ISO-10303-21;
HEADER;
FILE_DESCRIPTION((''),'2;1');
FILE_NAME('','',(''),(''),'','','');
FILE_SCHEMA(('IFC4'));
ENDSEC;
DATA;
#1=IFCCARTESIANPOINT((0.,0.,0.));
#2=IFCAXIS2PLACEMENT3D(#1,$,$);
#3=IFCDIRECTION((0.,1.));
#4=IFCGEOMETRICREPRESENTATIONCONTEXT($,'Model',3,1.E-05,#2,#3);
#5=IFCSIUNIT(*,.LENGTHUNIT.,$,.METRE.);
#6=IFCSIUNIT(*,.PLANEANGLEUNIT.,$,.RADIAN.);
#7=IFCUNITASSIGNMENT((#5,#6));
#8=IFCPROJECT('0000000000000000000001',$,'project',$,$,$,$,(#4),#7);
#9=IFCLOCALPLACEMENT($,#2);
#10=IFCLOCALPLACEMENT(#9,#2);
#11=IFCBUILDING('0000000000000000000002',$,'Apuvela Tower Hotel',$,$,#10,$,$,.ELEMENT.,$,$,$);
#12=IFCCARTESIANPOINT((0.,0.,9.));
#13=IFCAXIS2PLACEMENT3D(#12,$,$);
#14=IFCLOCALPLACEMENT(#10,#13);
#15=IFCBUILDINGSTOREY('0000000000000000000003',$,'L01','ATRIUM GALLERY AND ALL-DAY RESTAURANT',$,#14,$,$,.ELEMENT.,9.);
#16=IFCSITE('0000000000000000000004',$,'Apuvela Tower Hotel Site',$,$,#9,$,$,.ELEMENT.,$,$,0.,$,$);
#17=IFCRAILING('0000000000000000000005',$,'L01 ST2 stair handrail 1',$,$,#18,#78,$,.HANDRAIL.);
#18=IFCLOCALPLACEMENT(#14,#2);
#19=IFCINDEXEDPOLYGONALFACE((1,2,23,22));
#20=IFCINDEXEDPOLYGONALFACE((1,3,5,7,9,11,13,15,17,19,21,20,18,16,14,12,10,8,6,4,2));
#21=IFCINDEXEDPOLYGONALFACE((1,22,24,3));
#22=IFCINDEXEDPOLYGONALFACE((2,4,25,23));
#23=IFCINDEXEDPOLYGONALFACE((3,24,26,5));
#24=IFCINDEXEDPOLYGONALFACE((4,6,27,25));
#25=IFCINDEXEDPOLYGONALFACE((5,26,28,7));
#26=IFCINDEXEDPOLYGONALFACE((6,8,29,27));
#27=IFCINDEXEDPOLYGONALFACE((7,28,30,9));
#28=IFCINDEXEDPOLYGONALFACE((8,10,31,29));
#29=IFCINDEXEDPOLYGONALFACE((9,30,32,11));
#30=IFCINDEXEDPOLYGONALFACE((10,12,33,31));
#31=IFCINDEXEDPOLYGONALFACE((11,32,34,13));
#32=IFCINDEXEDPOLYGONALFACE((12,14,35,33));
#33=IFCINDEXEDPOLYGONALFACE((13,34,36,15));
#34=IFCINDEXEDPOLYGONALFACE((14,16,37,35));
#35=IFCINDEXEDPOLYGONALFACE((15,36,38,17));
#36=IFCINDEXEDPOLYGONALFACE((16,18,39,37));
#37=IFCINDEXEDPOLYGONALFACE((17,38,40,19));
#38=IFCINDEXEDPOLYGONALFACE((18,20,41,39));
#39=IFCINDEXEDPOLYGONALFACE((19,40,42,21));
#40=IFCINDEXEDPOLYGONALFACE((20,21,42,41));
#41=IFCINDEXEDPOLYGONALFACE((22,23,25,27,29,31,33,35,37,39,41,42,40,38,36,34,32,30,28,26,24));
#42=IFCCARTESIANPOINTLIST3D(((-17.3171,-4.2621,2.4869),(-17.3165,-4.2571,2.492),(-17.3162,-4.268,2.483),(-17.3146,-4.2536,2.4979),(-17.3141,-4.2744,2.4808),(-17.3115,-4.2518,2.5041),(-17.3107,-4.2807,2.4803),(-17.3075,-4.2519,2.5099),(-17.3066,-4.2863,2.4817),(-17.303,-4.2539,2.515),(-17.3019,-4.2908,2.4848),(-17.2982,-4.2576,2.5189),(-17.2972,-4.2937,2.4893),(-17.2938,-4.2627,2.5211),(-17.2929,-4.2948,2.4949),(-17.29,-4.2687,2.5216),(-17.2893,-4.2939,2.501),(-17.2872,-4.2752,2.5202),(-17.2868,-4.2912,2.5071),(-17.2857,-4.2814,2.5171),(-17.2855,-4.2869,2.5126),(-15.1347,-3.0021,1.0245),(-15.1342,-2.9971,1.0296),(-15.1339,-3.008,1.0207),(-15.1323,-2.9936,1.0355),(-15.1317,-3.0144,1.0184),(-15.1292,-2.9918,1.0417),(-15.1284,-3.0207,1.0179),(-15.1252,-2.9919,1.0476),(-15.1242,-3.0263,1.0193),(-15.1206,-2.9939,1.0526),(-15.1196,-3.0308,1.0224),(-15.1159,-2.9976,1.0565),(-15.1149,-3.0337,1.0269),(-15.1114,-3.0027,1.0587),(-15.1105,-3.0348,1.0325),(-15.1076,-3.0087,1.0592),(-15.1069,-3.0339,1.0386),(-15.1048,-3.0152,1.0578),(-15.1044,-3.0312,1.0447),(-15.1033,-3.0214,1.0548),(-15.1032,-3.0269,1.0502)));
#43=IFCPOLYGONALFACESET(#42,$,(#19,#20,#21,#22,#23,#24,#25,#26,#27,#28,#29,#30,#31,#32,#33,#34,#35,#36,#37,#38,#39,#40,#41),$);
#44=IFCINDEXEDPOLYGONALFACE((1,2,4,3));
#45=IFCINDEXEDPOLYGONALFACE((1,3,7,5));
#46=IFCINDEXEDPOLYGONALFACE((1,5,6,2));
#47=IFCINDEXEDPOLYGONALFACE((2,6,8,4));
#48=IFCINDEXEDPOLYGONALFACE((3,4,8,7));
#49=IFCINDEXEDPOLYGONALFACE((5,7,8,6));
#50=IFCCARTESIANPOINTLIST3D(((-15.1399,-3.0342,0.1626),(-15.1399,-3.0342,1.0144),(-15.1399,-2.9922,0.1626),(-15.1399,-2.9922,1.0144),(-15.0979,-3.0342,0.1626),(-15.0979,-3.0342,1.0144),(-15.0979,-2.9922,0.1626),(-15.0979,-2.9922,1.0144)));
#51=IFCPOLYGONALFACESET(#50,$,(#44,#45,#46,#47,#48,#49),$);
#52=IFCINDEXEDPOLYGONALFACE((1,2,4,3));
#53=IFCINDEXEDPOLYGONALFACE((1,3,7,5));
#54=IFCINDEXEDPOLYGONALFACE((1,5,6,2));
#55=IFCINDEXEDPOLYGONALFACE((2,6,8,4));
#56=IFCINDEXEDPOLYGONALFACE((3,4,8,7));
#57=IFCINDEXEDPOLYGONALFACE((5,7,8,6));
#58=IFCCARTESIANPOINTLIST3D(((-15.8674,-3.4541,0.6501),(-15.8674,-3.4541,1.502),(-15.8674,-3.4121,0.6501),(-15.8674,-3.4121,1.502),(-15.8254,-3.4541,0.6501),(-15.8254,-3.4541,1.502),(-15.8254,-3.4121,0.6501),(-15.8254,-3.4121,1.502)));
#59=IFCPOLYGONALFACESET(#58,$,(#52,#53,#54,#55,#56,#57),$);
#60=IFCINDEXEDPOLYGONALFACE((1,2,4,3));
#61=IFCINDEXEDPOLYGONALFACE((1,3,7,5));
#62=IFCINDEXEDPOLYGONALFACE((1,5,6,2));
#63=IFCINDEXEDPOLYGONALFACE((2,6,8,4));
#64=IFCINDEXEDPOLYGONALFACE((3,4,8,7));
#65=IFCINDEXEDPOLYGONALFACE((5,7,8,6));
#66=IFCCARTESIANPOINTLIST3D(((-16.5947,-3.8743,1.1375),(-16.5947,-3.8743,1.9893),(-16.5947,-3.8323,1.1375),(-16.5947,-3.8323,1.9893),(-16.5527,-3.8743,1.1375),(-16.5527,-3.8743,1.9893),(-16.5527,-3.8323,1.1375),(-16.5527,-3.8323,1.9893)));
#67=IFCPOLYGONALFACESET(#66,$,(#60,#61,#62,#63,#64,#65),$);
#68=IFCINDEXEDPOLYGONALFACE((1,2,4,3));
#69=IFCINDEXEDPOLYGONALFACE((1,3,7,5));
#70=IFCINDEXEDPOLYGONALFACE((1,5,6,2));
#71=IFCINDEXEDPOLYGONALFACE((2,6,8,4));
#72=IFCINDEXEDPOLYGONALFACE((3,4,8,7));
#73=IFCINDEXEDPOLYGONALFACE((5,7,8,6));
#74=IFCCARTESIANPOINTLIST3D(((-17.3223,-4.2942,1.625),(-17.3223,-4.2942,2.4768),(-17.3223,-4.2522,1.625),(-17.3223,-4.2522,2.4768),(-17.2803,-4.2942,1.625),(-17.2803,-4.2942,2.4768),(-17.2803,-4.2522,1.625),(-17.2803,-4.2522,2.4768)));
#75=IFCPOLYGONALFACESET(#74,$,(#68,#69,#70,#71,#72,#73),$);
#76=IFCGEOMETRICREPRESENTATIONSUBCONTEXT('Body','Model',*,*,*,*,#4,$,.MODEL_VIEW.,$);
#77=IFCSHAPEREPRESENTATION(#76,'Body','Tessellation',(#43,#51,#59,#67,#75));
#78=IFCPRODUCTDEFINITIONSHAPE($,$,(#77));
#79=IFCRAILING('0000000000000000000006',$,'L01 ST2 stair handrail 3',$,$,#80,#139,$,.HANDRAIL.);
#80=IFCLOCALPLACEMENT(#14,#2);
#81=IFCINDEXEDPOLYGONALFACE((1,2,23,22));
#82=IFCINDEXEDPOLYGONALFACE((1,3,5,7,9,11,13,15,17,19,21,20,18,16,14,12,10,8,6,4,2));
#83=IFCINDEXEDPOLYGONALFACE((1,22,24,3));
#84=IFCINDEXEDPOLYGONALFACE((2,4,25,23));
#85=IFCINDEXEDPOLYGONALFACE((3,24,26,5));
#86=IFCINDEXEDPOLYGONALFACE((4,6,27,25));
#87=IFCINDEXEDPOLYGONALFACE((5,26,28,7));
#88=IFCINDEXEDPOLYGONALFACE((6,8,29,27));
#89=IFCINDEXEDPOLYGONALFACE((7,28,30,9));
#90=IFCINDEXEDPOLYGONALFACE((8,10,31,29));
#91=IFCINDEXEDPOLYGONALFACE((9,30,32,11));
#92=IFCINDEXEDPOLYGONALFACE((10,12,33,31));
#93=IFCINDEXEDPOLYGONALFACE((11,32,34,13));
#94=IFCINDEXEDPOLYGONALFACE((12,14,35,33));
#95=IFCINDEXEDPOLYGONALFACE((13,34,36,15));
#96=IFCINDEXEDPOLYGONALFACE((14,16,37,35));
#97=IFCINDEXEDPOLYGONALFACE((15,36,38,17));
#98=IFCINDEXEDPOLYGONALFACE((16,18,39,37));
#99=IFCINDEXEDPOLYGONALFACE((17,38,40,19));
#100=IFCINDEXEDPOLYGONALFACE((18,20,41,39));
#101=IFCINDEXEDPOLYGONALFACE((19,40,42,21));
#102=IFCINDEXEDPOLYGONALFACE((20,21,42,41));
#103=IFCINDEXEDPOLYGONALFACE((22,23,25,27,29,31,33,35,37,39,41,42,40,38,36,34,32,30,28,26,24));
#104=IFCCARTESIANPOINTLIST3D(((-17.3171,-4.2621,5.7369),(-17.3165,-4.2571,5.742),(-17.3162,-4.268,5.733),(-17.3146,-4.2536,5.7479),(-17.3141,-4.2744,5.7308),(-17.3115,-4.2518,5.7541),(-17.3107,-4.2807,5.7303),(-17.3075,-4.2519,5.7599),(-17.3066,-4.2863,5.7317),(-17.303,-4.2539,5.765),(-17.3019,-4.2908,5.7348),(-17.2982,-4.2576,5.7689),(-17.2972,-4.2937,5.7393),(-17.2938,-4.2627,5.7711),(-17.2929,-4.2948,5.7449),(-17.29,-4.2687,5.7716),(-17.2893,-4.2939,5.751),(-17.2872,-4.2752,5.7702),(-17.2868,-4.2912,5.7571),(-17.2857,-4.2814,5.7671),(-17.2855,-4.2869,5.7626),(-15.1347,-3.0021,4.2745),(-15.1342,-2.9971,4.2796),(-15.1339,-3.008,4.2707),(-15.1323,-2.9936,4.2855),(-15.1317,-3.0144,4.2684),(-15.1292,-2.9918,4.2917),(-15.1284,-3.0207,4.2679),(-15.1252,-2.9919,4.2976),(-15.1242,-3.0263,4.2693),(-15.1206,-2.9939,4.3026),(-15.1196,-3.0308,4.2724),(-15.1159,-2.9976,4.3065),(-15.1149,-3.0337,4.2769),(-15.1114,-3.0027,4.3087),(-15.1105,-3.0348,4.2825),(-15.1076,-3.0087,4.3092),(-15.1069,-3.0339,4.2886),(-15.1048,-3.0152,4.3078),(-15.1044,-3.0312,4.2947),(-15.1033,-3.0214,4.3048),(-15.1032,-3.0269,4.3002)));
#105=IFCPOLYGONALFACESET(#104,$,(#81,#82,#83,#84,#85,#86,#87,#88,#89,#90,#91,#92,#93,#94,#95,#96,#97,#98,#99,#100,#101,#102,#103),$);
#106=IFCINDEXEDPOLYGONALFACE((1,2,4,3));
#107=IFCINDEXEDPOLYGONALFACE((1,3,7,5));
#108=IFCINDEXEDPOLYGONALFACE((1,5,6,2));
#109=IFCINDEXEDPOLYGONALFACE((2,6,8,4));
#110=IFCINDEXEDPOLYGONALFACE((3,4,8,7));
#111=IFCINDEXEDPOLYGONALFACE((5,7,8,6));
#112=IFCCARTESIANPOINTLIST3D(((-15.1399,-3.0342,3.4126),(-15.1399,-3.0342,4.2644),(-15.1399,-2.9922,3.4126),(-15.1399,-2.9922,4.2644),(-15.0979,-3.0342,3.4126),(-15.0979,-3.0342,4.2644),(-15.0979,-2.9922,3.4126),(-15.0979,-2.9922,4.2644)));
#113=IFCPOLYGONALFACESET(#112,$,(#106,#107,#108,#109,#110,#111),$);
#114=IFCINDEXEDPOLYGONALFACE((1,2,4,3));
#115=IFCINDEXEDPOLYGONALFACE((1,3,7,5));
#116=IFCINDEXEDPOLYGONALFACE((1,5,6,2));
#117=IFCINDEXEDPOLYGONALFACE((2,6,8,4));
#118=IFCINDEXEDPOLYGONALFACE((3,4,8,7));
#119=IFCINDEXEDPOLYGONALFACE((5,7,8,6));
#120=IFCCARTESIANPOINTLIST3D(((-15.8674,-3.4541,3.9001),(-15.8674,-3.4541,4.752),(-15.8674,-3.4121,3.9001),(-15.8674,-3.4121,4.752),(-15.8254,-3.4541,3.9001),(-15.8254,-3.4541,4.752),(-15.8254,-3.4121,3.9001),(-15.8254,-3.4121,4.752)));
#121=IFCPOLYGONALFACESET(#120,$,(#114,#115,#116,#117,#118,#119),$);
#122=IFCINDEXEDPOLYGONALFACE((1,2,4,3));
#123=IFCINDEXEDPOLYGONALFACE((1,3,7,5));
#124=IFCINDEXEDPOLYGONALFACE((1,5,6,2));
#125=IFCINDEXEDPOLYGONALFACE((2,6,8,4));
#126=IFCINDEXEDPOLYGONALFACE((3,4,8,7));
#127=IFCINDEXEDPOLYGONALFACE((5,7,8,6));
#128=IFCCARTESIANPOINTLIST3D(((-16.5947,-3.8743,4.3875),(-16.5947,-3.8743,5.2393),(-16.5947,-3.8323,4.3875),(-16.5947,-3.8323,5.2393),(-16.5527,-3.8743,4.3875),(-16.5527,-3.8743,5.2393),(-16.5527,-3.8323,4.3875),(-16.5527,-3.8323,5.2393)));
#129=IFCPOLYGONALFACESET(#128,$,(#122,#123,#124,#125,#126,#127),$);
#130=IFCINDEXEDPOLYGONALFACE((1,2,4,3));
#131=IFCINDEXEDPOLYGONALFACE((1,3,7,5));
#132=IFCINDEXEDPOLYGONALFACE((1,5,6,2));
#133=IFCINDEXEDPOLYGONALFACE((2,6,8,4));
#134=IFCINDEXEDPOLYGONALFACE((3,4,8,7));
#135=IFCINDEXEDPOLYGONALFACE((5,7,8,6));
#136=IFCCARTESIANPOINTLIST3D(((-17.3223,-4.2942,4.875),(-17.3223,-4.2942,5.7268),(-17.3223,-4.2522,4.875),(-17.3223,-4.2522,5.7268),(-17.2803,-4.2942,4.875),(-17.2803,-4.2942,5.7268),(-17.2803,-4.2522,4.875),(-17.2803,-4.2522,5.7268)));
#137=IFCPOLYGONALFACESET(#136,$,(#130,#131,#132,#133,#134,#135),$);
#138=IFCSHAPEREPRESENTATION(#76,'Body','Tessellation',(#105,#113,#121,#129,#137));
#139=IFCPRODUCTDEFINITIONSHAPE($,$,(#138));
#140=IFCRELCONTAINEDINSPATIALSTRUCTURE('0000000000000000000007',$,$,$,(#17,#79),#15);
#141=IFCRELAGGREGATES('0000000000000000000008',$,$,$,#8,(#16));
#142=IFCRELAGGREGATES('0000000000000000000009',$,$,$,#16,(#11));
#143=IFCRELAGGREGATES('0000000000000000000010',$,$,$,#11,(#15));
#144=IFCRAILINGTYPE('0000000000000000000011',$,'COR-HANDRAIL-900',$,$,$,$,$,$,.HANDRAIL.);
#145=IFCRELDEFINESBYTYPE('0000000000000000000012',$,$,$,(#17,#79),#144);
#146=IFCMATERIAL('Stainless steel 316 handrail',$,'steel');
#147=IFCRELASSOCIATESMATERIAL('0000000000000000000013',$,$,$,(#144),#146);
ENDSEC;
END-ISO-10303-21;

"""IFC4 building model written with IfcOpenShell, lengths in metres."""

from ifc_helpers import new_model, si_unit, direction, frame, origin, origin_2d, place, context, subcontext, project, spatial, rectangle, circle, extrude, material, type_object, element, save


model = new_model("IFC4")

# Units and contexts
model_context = context("Model", 3, precision=1e-05, world=origin(), true_north=direction((0.0, 1.0)))
body_context = subcontext(model_context, "Body", "Model", "MODEL_VIEW")
ifc_project = project(units=[si_unit("LENGTHUNIT", "METRE"), si_unit("PLANEANGLEUNIT", "RADIAN")], contexts=[model_context])

# Site, building, storey
site_placement = place(None, origin())
site = spatial("IfcSite", under=ifc_project, at=site_placement, Name="Apuvela Tower Hotel Site", CompositionType="ELEMENT", RefElevation=0.0)
building_placement = place(site_placement, origin())
building = spatial("IfcBuilding", under=site, at=building_placement, Name="Apuvela Tower Hotel", CompositionType="ELEMENT")
storey_placement = place(building_placement, frame((0.0, 0.0, 9.0)))
storey = spatial("IfcBuildingStorey", under=building, at=storey_placement, Name="L01", Description="ATRIUM GALLERY AND ALL-DAY RESTAURANT", CompositionType="ELEMENT", Elevation=9.0)

# Railings
ifc_material_1 = material(Name="Stainless steel 316 handrail", Category="steel")
railing_type_1 = type_object("IfcRailingType", Name="COR-HANDRAIL-900", PredefinedType="HANDRAIL", material=ifc_material_1)
for number, where, name in (
    (1, (-15.1189, -3.0132, 0.1626), "L01 ST2 stair handrail 1"),
    (2, (-15.1189, -3.0132, 3.4126), "L01 ST2 stair handrail 3"),
):
    element("IfcRailing", number, at=place(storey_placement, frame(where)), inside=storey, type_object=railing_type_1, Name=name, PredefinedType="HANDRAIL", context=body_context, shape_type="SweptSolid", body=[
        extrude(circle(Radius=0.0239, at=origin_2d()), frame((0.0, 0.0, 0.876), z_axis=(-0.749033, -0.43246, 0.501925), x_axis=(0.500005, -0.866023, 0.0)), (0.0, 0.0, 1.0), 2.9136),
        extrude(rectangle(XDim=0.042, YDim=0.042, at=origin_2d()), origin(), (0.0, 0.0, 1.0), 0.8518),
        extrude(rectangle(XDim=0.042, YDim=0.042, at=origin_2d()), frame((-0.7275, -0.4199, 0.4875)), (0.0, 0.0, 1.0), 0.8518),
        extrude(rectangle(XDim=0.042, YDim=0.042, at=origin_2d()), frame((-1.4548, -0.8401, 0.9749)), (0.0, 0.0, 1.0), 0.8518),
        extrude(rectangle(XDim=0.042, YDim=0.042, at=origin_2d()), frame((-2.1824, -1.26, 1.4624)), (0.0, 0.0, 1.0), 0.8518),
    ])

save(model, "model.ifc")
